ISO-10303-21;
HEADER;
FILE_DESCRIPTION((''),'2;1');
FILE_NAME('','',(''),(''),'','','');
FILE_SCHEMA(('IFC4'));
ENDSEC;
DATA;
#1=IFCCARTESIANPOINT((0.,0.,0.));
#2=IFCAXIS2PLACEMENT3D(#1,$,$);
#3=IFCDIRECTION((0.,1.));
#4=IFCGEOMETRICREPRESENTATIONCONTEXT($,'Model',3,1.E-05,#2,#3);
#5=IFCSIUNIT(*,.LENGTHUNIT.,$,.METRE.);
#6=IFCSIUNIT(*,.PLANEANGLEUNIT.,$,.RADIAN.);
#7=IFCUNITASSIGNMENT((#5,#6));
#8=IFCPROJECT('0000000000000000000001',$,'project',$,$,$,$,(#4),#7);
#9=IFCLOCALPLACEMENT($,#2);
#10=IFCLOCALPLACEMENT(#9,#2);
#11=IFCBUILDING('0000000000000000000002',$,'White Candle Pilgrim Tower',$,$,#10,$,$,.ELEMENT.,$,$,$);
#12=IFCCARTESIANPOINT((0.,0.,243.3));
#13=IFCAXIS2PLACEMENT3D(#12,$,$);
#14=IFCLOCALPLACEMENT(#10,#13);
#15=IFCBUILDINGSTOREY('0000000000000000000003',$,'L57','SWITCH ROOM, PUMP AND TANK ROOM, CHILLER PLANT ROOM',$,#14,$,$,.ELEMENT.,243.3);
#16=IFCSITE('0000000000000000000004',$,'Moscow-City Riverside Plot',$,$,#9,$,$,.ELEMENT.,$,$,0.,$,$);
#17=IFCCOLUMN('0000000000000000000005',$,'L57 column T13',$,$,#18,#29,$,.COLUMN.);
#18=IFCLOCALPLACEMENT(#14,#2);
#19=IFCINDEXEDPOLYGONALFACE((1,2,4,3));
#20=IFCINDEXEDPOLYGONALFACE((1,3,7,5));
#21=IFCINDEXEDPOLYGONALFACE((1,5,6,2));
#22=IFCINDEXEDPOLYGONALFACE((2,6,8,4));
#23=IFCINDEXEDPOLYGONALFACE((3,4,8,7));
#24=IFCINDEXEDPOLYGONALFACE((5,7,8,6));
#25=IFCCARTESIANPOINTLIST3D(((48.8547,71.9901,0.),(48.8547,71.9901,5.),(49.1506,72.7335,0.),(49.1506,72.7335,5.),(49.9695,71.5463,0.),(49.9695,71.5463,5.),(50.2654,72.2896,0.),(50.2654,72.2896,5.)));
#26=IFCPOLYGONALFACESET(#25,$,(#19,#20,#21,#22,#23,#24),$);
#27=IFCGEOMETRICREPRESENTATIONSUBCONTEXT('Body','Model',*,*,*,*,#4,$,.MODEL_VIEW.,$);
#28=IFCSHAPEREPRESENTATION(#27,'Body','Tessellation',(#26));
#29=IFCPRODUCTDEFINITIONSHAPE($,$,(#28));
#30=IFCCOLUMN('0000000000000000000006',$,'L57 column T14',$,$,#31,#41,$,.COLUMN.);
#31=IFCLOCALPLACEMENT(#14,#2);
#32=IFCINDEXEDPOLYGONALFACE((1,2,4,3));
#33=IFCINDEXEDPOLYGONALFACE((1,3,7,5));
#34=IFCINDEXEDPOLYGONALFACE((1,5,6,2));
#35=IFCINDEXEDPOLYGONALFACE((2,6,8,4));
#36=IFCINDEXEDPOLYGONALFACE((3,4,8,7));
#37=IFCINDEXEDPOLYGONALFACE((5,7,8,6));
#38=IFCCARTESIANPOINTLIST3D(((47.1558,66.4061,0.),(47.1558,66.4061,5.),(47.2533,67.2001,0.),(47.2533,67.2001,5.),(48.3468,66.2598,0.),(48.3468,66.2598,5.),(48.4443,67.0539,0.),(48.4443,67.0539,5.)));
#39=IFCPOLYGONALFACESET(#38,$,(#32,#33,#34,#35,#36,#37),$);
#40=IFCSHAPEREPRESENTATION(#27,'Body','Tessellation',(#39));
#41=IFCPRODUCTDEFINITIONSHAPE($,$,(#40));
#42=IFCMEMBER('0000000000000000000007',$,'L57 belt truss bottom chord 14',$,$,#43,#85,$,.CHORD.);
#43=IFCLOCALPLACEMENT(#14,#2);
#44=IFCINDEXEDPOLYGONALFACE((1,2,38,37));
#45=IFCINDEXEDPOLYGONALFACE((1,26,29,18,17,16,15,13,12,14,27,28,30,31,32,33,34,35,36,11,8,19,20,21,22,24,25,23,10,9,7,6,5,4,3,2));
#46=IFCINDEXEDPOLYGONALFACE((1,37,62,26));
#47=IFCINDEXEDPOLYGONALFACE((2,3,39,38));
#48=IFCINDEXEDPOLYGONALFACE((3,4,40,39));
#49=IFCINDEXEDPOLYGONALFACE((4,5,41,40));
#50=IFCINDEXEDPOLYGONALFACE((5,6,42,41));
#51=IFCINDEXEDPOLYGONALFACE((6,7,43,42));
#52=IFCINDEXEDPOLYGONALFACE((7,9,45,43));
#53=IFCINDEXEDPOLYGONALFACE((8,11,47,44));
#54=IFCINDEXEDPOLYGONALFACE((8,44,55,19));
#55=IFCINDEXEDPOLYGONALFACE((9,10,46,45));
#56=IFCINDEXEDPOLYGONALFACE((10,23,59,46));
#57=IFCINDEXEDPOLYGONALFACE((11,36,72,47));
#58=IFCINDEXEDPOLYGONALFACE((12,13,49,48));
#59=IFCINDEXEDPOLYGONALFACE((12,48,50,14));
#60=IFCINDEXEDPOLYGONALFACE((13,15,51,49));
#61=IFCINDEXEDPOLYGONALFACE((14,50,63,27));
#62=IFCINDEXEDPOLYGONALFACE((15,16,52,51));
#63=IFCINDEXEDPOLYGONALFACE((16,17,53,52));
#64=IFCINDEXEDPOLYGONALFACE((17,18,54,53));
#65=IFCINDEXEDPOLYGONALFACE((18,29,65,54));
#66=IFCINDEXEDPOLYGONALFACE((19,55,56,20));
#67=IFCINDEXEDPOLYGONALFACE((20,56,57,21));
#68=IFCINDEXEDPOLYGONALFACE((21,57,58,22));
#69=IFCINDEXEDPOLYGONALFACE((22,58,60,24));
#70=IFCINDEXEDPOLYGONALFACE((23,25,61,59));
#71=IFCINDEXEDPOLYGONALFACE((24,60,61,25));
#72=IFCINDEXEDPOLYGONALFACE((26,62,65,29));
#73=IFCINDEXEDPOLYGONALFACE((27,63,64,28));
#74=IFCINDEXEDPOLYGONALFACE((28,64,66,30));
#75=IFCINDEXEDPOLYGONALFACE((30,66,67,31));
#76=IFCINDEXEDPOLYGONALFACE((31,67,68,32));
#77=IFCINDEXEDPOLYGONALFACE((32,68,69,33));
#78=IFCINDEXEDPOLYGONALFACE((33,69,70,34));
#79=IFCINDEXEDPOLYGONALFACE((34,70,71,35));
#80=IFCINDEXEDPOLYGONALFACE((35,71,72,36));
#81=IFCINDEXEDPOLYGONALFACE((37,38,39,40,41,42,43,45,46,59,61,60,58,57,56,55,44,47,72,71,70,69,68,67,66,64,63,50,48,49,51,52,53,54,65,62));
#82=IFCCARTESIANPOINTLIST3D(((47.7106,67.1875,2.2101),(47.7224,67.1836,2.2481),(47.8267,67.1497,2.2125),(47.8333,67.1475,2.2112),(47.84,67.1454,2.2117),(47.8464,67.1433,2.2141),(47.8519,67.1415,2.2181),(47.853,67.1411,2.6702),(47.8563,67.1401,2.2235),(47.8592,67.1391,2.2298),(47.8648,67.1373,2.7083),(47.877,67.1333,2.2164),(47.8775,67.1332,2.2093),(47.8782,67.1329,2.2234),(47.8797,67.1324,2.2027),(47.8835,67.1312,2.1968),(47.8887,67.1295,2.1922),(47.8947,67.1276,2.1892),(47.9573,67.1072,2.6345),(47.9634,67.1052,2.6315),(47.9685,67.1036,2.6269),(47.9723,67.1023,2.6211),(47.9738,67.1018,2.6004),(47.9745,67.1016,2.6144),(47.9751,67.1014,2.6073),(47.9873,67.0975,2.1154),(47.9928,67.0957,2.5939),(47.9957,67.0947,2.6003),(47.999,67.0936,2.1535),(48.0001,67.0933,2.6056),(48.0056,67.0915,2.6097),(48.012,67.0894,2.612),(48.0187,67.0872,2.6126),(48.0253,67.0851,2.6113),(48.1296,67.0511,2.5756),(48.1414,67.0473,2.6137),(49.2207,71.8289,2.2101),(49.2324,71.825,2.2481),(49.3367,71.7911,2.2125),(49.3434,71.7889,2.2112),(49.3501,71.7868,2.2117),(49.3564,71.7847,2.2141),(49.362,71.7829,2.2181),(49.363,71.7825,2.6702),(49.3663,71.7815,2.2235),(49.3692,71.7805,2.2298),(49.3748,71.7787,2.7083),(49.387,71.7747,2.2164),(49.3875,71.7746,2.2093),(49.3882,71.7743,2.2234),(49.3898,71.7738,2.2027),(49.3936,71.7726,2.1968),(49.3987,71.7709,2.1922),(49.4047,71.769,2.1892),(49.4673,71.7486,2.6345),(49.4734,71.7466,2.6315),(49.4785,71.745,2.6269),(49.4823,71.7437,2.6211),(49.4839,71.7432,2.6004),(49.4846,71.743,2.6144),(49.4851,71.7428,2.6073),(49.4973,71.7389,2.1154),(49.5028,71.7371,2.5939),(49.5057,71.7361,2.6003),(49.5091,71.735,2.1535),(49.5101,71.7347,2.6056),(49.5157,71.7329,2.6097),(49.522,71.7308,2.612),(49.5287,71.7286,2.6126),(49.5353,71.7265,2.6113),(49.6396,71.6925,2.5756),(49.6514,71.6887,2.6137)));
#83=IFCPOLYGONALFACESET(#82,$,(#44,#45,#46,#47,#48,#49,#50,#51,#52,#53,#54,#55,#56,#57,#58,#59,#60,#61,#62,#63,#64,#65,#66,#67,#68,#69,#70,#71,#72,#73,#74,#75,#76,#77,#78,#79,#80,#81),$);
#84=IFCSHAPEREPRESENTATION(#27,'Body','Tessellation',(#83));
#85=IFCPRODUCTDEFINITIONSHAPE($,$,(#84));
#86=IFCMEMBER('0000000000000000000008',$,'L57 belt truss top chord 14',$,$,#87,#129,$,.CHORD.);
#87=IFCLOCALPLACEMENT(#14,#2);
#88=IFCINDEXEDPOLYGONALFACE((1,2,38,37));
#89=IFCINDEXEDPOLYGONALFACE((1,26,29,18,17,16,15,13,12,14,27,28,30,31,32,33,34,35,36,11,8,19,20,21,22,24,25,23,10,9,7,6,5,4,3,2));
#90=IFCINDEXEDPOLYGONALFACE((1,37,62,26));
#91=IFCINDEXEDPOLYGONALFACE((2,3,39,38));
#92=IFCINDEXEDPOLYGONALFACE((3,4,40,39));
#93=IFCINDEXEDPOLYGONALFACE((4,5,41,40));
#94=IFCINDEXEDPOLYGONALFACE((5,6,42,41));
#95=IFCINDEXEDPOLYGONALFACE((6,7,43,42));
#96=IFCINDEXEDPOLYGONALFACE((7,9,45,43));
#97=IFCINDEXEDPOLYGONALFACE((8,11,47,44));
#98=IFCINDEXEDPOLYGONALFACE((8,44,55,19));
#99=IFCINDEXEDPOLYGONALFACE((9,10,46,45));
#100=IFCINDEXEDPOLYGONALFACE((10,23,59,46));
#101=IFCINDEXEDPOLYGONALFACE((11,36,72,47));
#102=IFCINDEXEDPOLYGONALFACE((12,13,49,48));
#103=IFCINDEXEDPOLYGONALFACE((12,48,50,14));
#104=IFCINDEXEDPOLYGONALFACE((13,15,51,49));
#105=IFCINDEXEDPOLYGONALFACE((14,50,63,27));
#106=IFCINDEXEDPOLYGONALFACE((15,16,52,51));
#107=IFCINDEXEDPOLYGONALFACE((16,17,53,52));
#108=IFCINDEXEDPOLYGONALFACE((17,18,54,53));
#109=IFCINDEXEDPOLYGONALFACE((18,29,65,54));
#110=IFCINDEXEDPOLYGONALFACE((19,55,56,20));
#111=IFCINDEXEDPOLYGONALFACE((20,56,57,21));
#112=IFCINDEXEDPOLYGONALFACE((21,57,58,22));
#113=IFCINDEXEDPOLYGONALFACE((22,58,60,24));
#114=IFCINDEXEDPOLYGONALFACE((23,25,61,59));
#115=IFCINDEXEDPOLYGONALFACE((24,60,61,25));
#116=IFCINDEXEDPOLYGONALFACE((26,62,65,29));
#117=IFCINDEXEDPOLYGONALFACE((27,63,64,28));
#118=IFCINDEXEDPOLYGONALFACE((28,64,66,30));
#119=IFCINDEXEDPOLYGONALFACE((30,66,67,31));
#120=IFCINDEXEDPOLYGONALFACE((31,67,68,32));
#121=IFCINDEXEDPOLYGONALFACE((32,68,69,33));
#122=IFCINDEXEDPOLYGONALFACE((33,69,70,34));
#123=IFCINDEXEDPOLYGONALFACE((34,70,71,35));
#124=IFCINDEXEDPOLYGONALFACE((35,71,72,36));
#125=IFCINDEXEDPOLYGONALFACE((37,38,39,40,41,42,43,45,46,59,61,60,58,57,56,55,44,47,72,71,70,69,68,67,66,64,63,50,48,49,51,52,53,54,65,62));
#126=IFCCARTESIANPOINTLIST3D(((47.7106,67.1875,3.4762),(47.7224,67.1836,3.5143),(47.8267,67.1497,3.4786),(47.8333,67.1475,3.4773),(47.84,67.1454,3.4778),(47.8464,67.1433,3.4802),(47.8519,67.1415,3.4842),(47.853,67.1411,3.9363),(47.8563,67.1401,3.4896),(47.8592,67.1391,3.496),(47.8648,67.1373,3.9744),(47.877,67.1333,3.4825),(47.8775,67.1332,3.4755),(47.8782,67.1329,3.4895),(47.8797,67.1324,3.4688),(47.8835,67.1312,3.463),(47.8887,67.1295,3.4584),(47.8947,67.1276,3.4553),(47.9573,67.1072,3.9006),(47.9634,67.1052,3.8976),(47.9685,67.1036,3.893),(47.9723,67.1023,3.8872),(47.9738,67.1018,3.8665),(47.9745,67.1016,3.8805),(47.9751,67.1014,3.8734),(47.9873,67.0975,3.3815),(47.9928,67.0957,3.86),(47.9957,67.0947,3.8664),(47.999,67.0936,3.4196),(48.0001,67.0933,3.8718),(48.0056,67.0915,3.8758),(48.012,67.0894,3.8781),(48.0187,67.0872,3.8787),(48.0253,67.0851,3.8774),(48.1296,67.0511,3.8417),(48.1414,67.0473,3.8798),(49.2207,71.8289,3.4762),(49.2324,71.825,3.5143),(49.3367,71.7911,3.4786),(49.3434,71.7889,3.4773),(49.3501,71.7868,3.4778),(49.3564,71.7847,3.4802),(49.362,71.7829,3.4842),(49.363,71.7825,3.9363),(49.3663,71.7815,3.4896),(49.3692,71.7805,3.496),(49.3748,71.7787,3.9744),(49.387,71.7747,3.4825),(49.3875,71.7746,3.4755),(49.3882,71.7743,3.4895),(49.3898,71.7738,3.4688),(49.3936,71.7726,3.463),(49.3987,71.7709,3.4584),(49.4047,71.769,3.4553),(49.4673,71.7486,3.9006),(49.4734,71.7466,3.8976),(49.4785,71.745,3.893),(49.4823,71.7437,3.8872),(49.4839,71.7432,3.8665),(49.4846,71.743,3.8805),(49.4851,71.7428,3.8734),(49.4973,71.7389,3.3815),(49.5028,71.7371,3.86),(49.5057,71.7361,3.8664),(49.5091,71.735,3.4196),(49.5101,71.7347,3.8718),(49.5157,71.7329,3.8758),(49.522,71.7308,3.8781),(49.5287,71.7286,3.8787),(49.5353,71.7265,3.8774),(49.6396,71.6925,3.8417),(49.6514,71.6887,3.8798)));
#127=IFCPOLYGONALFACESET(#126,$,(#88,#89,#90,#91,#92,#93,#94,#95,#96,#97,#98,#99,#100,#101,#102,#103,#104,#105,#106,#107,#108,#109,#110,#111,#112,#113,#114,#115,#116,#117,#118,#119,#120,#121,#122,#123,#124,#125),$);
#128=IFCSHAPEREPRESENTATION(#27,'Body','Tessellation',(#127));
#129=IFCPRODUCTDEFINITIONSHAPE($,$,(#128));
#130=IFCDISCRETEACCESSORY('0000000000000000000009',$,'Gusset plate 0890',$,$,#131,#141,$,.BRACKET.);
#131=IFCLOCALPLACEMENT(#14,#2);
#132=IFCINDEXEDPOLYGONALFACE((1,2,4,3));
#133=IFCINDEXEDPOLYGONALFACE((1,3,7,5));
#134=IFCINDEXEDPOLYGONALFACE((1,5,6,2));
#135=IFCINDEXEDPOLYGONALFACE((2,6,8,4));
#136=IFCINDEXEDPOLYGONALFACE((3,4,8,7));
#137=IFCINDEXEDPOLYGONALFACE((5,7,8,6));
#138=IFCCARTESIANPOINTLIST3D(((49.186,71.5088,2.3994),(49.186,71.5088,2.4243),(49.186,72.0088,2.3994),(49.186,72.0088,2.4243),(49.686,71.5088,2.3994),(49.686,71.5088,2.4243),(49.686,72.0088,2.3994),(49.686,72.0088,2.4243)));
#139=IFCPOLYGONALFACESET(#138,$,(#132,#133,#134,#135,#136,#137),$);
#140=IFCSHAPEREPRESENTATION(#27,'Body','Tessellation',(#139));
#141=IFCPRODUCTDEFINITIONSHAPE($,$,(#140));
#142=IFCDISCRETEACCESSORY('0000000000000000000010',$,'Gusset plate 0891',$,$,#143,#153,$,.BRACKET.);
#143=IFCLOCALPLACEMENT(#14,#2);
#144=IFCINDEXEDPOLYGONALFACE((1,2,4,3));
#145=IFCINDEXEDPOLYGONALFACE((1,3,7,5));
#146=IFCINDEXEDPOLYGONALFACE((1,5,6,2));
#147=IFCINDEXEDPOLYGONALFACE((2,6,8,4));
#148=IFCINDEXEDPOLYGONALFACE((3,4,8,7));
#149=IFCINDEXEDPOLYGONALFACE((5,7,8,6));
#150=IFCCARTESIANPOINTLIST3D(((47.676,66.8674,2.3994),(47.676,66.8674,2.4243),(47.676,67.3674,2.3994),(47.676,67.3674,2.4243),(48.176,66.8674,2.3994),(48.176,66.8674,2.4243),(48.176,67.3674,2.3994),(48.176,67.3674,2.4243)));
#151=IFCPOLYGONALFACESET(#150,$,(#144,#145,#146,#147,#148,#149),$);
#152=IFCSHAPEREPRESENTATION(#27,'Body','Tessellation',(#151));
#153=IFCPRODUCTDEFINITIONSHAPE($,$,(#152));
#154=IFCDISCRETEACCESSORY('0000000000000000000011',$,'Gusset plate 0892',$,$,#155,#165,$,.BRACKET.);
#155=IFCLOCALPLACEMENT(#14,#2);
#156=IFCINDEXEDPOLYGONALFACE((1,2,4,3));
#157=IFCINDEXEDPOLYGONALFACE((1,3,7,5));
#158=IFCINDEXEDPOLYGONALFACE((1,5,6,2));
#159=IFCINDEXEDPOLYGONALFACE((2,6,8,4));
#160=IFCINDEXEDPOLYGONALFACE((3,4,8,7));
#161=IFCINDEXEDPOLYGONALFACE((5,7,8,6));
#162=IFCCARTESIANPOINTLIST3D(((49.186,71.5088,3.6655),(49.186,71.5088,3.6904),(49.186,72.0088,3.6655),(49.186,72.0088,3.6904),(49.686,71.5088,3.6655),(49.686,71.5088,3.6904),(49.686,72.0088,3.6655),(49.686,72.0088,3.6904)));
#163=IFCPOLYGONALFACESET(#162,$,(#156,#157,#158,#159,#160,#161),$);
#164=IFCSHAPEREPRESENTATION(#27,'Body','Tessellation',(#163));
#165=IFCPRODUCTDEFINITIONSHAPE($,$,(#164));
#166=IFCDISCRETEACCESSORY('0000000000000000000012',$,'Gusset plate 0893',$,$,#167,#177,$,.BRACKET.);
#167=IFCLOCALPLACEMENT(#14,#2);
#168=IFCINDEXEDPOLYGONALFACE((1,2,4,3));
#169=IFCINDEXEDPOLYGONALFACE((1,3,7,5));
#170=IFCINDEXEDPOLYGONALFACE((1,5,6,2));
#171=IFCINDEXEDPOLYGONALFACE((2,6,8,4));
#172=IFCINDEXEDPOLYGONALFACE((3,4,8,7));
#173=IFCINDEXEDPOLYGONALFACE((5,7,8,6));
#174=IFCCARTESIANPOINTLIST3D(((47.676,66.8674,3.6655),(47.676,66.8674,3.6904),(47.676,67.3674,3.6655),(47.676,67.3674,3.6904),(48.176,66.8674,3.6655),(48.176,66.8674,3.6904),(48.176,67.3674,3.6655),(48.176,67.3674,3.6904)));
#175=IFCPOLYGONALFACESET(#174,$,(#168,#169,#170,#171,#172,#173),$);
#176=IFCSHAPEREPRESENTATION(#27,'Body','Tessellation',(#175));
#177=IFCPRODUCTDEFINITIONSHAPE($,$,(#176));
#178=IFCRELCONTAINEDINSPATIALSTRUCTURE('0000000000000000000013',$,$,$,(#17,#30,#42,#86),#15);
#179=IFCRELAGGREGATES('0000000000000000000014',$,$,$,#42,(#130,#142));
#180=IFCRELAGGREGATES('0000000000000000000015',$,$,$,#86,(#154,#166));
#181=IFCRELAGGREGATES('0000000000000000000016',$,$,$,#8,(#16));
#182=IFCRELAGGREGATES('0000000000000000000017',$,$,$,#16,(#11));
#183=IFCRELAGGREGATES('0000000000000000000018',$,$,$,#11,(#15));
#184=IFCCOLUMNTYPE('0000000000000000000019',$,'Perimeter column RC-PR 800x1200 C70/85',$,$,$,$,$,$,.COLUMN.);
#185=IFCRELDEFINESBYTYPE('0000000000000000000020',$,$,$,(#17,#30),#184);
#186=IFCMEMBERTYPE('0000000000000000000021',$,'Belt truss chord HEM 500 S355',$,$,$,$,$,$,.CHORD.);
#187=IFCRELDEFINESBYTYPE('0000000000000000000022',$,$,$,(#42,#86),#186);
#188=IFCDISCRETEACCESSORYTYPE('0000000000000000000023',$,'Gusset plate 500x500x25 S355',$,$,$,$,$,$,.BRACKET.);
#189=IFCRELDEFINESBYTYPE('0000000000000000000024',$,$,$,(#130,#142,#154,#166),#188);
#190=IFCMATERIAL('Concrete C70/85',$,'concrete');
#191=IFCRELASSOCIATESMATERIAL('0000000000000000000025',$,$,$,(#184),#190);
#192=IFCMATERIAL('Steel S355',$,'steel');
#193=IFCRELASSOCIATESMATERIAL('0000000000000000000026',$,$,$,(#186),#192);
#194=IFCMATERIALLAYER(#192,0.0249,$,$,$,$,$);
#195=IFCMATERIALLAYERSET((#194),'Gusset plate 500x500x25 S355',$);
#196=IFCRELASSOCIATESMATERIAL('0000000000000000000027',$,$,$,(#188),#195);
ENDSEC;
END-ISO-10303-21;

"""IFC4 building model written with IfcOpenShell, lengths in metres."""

from ifc_helpers import new_model, si_unit, direction, frame, origin, origin_2d, place, context, subcontext, project, spatial, rectangle, i_section, extrude, material, layer, layer_set, material_profile, profile_set, type_object, element, aggregate, save


model = new_model("IFC4")

# Units and contexts
model_context = context("Model", 3, precision=1e-05, world=origin(), true_north=direction((0.0, 1.0)))
body_context = subcontext(model_context, "Body", "Model", "MODEL_VIEW")
ifc_project = project(units=[si_unit("LENGTHUNIT", "METRE"), si_unit("PLANEANGLEUNIT", "RADIAN")], contexts=[model_context])

# Site, building, storey
site_placement = place(None, origin())
site = spatial("IfcSite", under=ifc_project, at=site_placement, Name="Moscow-City Riverside Plot", CompositionType="ELEMENT", RefElevation=0.0)
building_placement = place(site_placement, origin())
building = spatial("IfcBuilding", under=site, at=building_placement, Name="White Candle Pilgrim Tower", CompositionType="ELEMENT")
storey_placement = place(building_placement, frame((0.0, 0.0, 243.3)))
storey = spatial("IfcBuildingStorey", under=building, at=storey_placement, Name="L57", Description="SWITCH ROOM, PUMP AND TANK ROOM, CHILLER PLANT ROOM", CompositionType="ELEMENT", Elevation=243.3)

# Columns
ifc_material_1 = material(Name="Concrete C70/85", Category="concrete")
ifc_material_profile_1 = material_profile(ifc_material_1, rectangle(XDim=0.8, YDim=1.2, at=origin_2d()), Name="RC-PR 800x1200")
ifc_profile_set_1 = profile_set([ifc_material_profile_1], Name="Concrete C70/85")
column_type = type_object("IfcColumnType", Name="Perimeter column RC-PR 800x1200 C70/85", PredefinedType="COLUMN", material=ifc_profile_set_1)
for number, where, z_axis, x_axis, name in (
    (1, (49.5601, 72.1399, 0.0), (0.0, 0.0, 1.0), (0.36986, 0.929087, 0.0), "L57 column T13"),
    (2, (47.8, 66.73, 0.0), (0.0, 0.0, 1.0), (0.121869, 0.992546, 0.0), "L57 column T14"),
):
    element("IfcColumn", number, at=place(storey_placement, frame(where, z_axis=z_axis, x_axis=x_axis)), inside=storey, type_object=column_type, Name=name, PredefinedType="COLUMN", context=body_context, shape_type="SweptSolid", body=[
        extrude(rectangle(XDim=0.8, YDim=1.2, at=origin_2d()), origin(), (0.0, 0.0, 1.0), 5.0),
    ])

# Members
ifc_material_2 = material(Name="Steel S355", Category="steel")
ifc_material_profile_2 = material_profile(ifc_material_2, i_section(OverallWidth=0.3059, OverallDepth=0.5239, WebThickness=0.021, FlangeThickness=0.04, FilletRadius=0.0271, at=origin_2d()), Name="HEM 500")
ifc_profile_set_2 = profile_set([ifc_material_profile_2], Name="Steel S355")
member_type_1 = type_object("IfcMemberType", Name="Belt truss chord HEM 500 S355", PredefinedType="CHORD", material=ifc_profile_set_2)
member_1_placement = place(storey_placement, frame((49.436, 71.7588, 2.4119), z_axis=(-0.309377, -0.95094, 0.0), x_axis=(0.904291, -0.2942, -0.30936)))
member_1 = element("IfcMember", 3, at=member_1_placement, inside=storey, type_object=member_type_1, Name="L57 belt truss bottom chord 14", PredefinedType="CHORD", context=body_context, shape_type="SweptSolid", body=[
    extrude(i_section(OverallWidth=0.3059, OverallDepth=0.5239, WebThickness=0.021, FlangeThickness=0.04, FilletRadius=0.0271, at=origin_2d()), origin(), (0.0, 0.0, 1.0), 4.8809),
])
member_2_placement = place(storey_placement, frame((49.436, 71.7588, 3.678), z_axis=(-0.309377, -0.95094, 0.0), x_axis=(0.904291, -0.2942, -0.30936)))
member_2 = element("IfcMember", 4, at=member_2_placement, inside=storey, type_object=member_type_1, Name="L57 belt truss top chord 14", PredefinedType="CHORD", context=body_context, shape_type="SweptSolid", body=[
    extrude(i_section(OverallWidth=0.3059, OverallDepth=0.5239, WebThickness=0.021, FlangeThickness=0.04, FilletRadius=0.0271, at=origin_2d()), origin(), (0.0, 0.0, 1.0), 4.8809),
])

# Discrete accessories
ifc_layer_1 = layer(ifc_material_2, 0.0249)
ifc_layer_set_1 = layer_set([ifc_layer_1], Name="Gusset plate 500x500x25 S355")
discrete_accessory_type = type_object("IfcDiscreteAccessoryType", Name="Gusset plate 500x500x25 S355", PredefinedType="BRACKET", material=ifc_layer_set_1)
discrete_accessory_1_placement = place(storey_placement, frame((49.436, 71.7588, 2.3994), z_axis=(0.0, 0.0, 1.0), x_axis=(1.0, 0.0, 0.0)))
discrete_accessory_1 = element("IfcDiscreteAccessory", 5, at=discrete_accessory_1_placement, type_object=discrete_accessory_type, Name="Gusset plate 0890", PredefinedType="BRACKET", context=body_context, shape_type="SweptSolid", body=[
    extrude(rectangle(XDim=0.5, YDim=0.5, at=origin_2d()), origin(), (0.0, 0.0, 1.0), 0.0249),
])
discrete_accessory_2_placement = place(storey_placement, frame((47.926, 67.1174, 2.3994), z_axis=(0.0, 0.0, 1.0), x_axis=(1.0, 0.0, 0.0)))
discrete_accessory_2 = element("IfcDiscreteAccessory", 6, at=discrete_accessory_2_placement, type_object=discrete_accessory_type, Name="Gusset plate 0891", PredefinedType="BRACKET", context=body_context, shape_type="SweptSolid", body=[
    extrude(rectangle(XDim=0.5, YDim=0.5, at=origin_2d()), origin(), (0.0, 0.0, 1.0), 0.0249),
])
aggregate(member_1, [discrete_accessory_1, discrete_accessory_2])
discrete_accessory_3_placement = place(storey_placement, frame((49.436, 71.7588, 3.6655), z_axis=(0.0, 0.0, 1.0), x_axis=(1.0, 0.0, 0.0)))
discrete_accessory_3 = element("IfcDiscreteAccessory", 7, at=discrete_accessory_3_placement, type_object=discrete_accessory_type, Name="Gusset plate 0892", PredefinedType="BRACKET", context=body_context, shape_type="SweptSolid", body=[
    extrude(rectangle(XDim=0.5, YDim=0.5, at=origin_2d()), origin(), (0.0, 0.0, 1.0), 0.0249),
])
discrete_accessory_4_placement = place(storey_placement, frame((47.926, 67.1174, 3.6655), z_axis=(0.0, 0.0, 1.0), x_axis=(1.0, 0.0, 0.0)))
discrete_accessory_4 = element("IfcDiscreteAccessory", 8, at=discrete_accessory_4_placement, type_object=discrete_accessory_type, Name="Gusset plate 0893", PredefinedType="BRACKET", context=body_context, shape_type="SweptSolid", body=[
    extrude(rectangle(XDim=0.5, YDim=0.5, at=origin_2d()), origin(), (0.0, 0.0, 1.0), 0.0249),
])
aggregate(member_2, [discrete_accessory_3, discrete_accessory_4])

save(model, "model.ifc")
